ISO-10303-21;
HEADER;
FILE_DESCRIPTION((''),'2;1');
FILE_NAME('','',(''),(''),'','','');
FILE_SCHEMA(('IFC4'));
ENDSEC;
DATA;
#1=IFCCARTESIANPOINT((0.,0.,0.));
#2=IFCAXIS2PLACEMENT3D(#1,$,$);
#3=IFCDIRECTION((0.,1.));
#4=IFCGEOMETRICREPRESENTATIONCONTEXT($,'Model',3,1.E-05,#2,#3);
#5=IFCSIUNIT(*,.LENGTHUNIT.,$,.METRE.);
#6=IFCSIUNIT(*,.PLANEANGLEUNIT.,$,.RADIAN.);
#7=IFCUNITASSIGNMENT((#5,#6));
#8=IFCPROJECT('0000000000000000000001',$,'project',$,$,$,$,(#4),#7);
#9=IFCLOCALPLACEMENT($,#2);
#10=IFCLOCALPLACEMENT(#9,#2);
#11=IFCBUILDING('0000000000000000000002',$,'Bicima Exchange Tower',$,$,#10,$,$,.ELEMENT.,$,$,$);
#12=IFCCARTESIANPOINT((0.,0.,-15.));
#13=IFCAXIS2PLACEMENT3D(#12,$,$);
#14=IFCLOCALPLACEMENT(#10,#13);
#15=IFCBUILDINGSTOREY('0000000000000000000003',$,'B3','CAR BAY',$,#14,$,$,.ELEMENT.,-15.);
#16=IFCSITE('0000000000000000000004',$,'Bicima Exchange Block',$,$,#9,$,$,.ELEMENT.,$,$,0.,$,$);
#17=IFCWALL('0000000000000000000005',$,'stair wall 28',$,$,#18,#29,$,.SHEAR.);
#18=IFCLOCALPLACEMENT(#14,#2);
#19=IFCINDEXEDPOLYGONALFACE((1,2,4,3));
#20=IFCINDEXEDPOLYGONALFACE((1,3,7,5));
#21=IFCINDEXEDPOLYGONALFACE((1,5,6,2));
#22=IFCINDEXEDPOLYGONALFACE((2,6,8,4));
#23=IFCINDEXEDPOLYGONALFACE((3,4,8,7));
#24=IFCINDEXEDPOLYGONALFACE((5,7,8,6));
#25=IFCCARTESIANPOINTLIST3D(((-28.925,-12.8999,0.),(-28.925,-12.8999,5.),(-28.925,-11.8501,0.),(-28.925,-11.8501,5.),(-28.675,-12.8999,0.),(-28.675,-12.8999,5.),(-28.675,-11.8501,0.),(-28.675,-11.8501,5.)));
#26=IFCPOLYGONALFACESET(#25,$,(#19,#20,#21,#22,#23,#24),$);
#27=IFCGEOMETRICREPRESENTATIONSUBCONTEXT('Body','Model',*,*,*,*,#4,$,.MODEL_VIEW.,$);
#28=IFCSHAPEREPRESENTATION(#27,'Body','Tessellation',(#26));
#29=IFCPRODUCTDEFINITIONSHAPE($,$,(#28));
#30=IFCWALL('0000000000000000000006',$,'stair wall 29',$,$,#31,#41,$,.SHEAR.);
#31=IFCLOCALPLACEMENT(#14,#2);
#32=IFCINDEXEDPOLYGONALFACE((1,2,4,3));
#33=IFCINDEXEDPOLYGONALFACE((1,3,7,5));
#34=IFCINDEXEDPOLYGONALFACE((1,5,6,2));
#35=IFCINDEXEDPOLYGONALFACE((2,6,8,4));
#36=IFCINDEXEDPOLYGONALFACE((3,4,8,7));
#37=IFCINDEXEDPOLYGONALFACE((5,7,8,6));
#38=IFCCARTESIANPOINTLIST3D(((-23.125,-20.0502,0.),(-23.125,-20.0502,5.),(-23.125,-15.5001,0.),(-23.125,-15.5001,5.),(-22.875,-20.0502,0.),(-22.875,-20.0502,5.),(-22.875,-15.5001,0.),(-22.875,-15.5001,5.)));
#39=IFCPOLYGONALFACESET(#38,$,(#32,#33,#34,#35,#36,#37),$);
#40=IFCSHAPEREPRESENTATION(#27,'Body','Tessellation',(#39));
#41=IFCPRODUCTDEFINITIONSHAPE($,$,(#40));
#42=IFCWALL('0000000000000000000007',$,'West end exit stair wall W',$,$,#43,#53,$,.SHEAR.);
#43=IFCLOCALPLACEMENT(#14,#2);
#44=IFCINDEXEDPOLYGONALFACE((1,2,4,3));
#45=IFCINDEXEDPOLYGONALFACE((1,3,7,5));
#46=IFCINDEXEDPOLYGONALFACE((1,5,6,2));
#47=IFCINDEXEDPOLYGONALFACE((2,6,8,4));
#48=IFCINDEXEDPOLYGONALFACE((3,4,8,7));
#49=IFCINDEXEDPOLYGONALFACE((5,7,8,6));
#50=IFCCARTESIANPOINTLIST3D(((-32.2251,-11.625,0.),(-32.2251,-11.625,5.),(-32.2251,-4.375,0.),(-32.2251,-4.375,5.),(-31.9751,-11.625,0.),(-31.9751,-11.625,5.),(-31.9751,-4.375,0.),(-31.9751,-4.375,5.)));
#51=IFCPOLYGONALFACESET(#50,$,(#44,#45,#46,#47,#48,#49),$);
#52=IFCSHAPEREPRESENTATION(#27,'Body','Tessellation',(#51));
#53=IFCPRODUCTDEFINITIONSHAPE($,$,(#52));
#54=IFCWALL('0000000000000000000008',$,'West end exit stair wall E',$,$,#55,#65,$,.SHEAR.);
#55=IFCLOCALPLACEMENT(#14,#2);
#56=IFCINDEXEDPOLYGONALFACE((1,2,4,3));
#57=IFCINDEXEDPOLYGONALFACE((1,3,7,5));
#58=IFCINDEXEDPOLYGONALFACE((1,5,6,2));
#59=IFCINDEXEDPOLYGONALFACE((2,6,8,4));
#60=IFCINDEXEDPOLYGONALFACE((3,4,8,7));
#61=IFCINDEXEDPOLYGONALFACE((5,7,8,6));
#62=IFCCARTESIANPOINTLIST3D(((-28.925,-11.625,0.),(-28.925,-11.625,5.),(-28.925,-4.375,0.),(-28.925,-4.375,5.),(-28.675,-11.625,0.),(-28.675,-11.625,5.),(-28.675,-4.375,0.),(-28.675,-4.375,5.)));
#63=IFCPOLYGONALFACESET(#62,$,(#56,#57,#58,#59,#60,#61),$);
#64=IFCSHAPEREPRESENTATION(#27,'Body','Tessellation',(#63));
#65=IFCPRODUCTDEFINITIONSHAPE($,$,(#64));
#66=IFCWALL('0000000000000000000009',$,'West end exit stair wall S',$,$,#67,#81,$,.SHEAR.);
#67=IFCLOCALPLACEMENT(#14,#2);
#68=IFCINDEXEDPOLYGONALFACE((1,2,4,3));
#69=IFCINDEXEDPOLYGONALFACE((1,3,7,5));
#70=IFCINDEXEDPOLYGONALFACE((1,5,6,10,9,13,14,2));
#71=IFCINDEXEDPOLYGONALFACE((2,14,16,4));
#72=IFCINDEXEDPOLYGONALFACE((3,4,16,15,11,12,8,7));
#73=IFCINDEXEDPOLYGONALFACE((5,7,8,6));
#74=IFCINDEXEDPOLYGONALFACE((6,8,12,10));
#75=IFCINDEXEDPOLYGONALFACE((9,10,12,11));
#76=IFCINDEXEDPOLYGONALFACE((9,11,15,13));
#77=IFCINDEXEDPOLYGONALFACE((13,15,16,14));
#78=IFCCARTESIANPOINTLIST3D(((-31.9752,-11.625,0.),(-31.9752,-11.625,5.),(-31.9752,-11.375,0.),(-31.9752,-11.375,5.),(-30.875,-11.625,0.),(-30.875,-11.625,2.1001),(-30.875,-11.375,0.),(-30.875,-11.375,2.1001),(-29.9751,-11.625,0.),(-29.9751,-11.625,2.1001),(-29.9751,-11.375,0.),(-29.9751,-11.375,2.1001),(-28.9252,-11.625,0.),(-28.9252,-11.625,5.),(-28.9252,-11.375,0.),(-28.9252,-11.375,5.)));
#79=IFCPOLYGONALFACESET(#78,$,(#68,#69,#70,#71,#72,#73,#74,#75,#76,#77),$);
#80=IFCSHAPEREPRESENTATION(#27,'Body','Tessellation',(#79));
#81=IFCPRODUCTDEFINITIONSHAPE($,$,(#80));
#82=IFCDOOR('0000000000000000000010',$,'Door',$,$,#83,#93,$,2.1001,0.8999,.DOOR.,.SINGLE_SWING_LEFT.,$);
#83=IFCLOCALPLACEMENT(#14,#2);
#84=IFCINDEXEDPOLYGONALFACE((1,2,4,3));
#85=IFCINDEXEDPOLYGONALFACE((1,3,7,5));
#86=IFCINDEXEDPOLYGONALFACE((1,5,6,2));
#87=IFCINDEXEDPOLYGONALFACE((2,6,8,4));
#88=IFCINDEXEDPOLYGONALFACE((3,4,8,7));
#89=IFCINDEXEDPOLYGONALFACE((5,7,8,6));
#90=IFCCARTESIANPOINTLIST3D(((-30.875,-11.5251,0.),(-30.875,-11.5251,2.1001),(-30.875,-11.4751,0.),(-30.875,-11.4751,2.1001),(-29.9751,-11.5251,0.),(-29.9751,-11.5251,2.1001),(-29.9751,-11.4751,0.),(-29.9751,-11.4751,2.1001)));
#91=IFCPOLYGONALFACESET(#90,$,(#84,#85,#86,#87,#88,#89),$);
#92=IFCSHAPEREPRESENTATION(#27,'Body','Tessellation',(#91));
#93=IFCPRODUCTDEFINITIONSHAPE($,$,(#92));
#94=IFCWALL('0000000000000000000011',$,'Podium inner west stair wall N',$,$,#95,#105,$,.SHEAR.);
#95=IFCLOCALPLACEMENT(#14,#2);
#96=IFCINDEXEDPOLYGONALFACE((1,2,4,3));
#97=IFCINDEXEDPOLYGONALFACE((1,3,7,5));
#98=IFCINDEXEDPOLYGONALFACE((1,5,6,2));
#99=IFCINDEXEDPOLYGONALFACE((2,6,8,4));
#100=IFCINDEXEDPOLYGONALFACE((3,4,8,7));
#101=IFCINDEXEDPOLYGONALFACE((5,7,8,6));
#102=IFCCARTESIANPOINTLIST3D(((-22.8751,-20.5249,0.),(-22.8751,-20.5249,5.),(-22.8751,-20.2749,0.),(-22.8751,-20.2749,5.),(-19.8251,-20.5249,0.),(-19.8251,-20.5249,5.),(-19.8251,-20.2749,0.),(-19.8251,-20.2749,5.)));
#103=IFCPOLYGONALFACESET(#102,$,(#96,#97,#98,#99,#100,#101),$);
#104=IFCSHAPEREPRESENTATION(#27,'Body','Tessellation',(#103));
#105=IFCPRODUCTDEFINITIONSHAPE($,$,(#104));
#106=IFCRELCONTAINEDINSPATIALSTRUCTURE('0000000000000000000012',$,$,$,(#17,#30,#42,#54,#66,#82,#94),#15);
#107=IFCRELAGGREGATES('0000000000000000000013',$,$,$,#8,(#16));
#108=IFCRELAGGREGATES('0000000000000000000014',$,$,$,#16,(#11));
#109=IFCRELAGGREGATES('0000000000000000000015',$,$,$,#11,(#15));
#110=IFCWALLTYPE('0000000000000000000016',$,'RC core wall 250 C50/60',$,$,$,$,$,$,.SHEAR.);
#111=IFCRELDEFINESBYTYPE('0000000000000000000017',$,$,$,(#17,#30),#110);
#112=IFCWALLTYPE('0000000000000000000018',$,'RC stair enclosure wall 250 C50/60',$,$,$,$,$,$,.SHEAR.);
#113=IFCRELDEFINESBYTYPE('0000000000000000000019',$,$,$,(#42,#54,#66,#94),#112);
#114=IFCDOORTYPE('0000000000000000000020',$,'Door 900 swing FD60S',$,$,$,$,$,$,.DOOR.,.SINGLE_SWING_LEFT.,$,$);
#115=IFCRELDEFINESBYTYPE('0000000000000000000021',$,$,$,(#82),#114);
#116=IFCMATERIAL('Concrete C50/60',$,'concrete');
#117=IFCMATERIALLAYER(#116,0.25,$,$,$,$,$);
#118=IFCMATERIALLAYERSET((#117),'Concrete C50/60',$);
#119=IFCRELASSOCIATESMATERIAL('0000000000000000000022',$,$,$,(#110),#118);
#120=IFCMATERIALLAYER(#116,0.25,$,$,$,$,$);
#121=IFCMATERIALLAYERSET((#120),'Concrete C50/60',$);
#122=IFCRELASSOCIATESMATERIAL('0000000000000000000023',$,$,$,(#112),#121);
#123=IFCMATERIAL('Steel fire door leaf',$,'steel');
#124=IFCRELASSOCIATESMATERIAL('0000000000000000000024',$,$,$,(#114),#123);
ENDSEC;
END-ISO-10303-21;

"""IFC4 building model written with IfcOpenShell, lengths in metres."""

from ifc_helpers import new_model, si_unit, direction, frame, frame_2d, origin, place, context, subcontext, project, spatial, rectangle, extrude, material, layer, layer_set, type_object, element, fill, save


model = new_model("IFC4")

# Units and contexts
model_context = context("Model", 3, precision=1e-05, world=origin(), true_north=direction((0.0, 1.0)))
body_context = subcontext(model_context, "Body", "Model", "MODEL_VIEW")
ifc_project = project(units=[si_unit("LENGTHUNIT", "METRE"), si_unit("PLANEANGLEUNIT", "RADIAN")], contexts=[model_context])

# Site, building, storey
site_placement = place(None, origin())
site = spatial("IfcSite", under=ifc_project, at=site_placement, Name="Bicima Exchange Block", CompositionType="ELEMENT", RefElevation=0.0)
building_placement = place(site_placement, origin())
building = spatial("IfcBuilding", under=site, at=building_placement, Name="Bicima Exchange Tower", CompositionType="ELEMENT")
storey_placement = place(building_placement, frame((0.0, 0.0, -15.0)))
storey = spatial("IfcBuildingStorey", under=building, at=storey_placement, Name="B3", Description="CAR BAY", CompositionType="ELEMENT", Elevation=-15.0)

# Shared definitions
ifc_material_1 = material(Name="Steel fire door leaf", Category="steel")

# Walls
ifc_material_2 = material(Name="Concrete C50/60", Category="concrete")
ifc_layer_1 = layer(ifc_material_2, 0.25)
ifc_layer_set_1 = layer_set([ifc_layer_1], Name="Concrete C50/60")
wall_type_1 = type_object("IfcWallType", Name="RC core wall 250 C50/60", PredefinedType="SHEAR", material=ifc_layer_set_1)
for number, where, z_axis, x_axis, name in (
    (1, (-28.8, -12.8999, 0.0), (0.0, 0.0, 1.0), (0.0, 1.0, 0.0), "stair wall 28"),
):
    element("IfcWall", number, at=place(storey_placement, frame(where, z_axis=z_axis, x_axis=x_axis)), inside=storey, type_object=wall_type_1, Name=name, PredefinedType="SHEAR", context=body_context, shape_type="SweptSolid", body=[
        extrude(rectangle(XDim=1.0498, YDim=0.25, at=frame_2d((0.5249, 0.0))), origin(), (0.0, 0.0, 1.0), 5.0),
    ])
wall_1_placement = place(storey_placement, frame((-23.0, -20.05, 0.0), z_axis=(0.0, 0.0, 1.0), x_axis=(0.0, 1.0, 0.0)))
element("IfcWall", 2, at=wall_1_placement, inside=storey, type_object=wall_type_1, Name="stair wall 29", PredefinedType="SHEAR", context=body_context, shape_type="SweptSolid", body=[
    extrude(rectangle(XDim=4.55, YDim=0.25, at=frame_2d((2.2749, 0.0))), origin(), (0.0, 0.0, 1.0), 5.0),
])
ifc_layer_2 = layer(ifc_material_2, 0.25)
ifc_layer_set_2 = layer_set([ifc_layer_2], Name="Concrete C50/60")
wall_type_2 = type_object("IfcWallType", Name="RC stair enclosure wall 250 C50/60", PredefinedType="SHEAR", material=ifc_layer_set_2)
for number, where, z_axis, x_axis, name in (
    (3, (-32.1001, -11.625, 0.0), (0.0, 0.0, 1.0), (0.0, 1.0, 0.0), "West end exit stair wall W"),
    (4, (-28.8, -11.625, 0.0), (0.0, 0.0, 1.0), (0.0, 1.0, 0.0), "West end exit stair wall E"),
):
    element("IfcWall", number, at=place(storey_placement, frame(where, z_axis=z_axis, x_axis=x_axis)), inside=storey, type_object=wall_type_2, Name=name, PredefinedType="SHEAR", context=body_context, shape_type="SweptSolid", body=[
        extrude(rectangle(XDim=7.25, YDim=0.25, at=frame_2d((3.625, 0.0))), origin(), (0.0, 0.0, 1.0), 5.0),
    ])

# Wall, opening, door
wall_2_placement = place(storey_placement, frame((-31.9751, -11.5, 0.0), z_axis=(0.0, 0.0, 1.0), x_axis=(1.0, 0.0, 0.0)))
wall_2 = element("IfcWall", 5, at=wall_2_placement, inside=storey, type_object=wall_type_2, Name="West end exit stair wall S", PredefinedType="SHEAR", context=body_context, shape_type="SweptSolid", body=[
    extrude(rectangle(XDim=3.05, YDim=0.25, at=frame_2d((1.5249, 0.0))), origin(), (0.0, 0.0, 1.0), 5.0),
])
opening_1_placement = place(wall_2_placement, frame((1.1001, 0.0, 0.0)))
opening_1 = element("IfcOpeningElement", 6, at=opening_1_placement, cuts=wall_2, PredefinedType="OPENING", context=body_context, shape_type="SweptSolid", body=[
    extrude(rectangle(XDim=0.8999, YDim=2.1001, at=frame_2d((0.45, 1.05))), frame((0.0, 0.137, 0.0), z_axis=(0.0, -1.0, 0.0), x_axis=(1.0, 0.0, 0.0)), (0.0, 0.0, 1.0), 0.2739),
])
door_type_1 = type_object("IfcDoorType", Name="Door 900 swing FD60S", OperationType="SINGLE_SWING_LEFT", PredefinedType="DOOR", material=ifc_material_1)
door_1_placement = place(opening_1_placement, origin())
door_1 = element("IfcDoor", 7, at=door_1_placement, inside=storey, type_object=door_type_1, Name="Door", OperationType="SINGLE_SWING_LEFT", OverallHeight=2.1001, OverallWidth=0.8999, PredefinedType="DOOR", context=body_context, shape_type="SweptSolid", body=[
    extrude(rectangle(XDim=0.8999, YDim=2.1001, at=frame_2d((0.45, 1.05))), frame((0.0, 0.0249, 0.0), z_axis=(0.0, -1.0, 0.0), x_axis=(1.0, 0.0, 0.0)), (0.0, 0.0, 1.0), 0.05),
])
fill(opening_1, door_1)

# Wall
wall_3_placement = place(storey_placement, frame((-22.875, -20.3999, 0.0), z_axis=(0.0, 0.0, 1.0), x_axis=(1.0, 0.0, 0.0)))
element("IfcWall", 8, at=wall_3_placement, inside=storey, type_object=wall_type_2, Name="Podium inner west stair wall N", PredefinedType="SHEAR", context=body_context, shape_type="SweptSolid", body=[
    extrude(rectangle(XDim=3.05, YDim=0.25, at=frame_2d((1.5249, 0.0))), origin(), (0.0, 0.0, 1.0), 5.0),
])

save(model, "model.ifc")
